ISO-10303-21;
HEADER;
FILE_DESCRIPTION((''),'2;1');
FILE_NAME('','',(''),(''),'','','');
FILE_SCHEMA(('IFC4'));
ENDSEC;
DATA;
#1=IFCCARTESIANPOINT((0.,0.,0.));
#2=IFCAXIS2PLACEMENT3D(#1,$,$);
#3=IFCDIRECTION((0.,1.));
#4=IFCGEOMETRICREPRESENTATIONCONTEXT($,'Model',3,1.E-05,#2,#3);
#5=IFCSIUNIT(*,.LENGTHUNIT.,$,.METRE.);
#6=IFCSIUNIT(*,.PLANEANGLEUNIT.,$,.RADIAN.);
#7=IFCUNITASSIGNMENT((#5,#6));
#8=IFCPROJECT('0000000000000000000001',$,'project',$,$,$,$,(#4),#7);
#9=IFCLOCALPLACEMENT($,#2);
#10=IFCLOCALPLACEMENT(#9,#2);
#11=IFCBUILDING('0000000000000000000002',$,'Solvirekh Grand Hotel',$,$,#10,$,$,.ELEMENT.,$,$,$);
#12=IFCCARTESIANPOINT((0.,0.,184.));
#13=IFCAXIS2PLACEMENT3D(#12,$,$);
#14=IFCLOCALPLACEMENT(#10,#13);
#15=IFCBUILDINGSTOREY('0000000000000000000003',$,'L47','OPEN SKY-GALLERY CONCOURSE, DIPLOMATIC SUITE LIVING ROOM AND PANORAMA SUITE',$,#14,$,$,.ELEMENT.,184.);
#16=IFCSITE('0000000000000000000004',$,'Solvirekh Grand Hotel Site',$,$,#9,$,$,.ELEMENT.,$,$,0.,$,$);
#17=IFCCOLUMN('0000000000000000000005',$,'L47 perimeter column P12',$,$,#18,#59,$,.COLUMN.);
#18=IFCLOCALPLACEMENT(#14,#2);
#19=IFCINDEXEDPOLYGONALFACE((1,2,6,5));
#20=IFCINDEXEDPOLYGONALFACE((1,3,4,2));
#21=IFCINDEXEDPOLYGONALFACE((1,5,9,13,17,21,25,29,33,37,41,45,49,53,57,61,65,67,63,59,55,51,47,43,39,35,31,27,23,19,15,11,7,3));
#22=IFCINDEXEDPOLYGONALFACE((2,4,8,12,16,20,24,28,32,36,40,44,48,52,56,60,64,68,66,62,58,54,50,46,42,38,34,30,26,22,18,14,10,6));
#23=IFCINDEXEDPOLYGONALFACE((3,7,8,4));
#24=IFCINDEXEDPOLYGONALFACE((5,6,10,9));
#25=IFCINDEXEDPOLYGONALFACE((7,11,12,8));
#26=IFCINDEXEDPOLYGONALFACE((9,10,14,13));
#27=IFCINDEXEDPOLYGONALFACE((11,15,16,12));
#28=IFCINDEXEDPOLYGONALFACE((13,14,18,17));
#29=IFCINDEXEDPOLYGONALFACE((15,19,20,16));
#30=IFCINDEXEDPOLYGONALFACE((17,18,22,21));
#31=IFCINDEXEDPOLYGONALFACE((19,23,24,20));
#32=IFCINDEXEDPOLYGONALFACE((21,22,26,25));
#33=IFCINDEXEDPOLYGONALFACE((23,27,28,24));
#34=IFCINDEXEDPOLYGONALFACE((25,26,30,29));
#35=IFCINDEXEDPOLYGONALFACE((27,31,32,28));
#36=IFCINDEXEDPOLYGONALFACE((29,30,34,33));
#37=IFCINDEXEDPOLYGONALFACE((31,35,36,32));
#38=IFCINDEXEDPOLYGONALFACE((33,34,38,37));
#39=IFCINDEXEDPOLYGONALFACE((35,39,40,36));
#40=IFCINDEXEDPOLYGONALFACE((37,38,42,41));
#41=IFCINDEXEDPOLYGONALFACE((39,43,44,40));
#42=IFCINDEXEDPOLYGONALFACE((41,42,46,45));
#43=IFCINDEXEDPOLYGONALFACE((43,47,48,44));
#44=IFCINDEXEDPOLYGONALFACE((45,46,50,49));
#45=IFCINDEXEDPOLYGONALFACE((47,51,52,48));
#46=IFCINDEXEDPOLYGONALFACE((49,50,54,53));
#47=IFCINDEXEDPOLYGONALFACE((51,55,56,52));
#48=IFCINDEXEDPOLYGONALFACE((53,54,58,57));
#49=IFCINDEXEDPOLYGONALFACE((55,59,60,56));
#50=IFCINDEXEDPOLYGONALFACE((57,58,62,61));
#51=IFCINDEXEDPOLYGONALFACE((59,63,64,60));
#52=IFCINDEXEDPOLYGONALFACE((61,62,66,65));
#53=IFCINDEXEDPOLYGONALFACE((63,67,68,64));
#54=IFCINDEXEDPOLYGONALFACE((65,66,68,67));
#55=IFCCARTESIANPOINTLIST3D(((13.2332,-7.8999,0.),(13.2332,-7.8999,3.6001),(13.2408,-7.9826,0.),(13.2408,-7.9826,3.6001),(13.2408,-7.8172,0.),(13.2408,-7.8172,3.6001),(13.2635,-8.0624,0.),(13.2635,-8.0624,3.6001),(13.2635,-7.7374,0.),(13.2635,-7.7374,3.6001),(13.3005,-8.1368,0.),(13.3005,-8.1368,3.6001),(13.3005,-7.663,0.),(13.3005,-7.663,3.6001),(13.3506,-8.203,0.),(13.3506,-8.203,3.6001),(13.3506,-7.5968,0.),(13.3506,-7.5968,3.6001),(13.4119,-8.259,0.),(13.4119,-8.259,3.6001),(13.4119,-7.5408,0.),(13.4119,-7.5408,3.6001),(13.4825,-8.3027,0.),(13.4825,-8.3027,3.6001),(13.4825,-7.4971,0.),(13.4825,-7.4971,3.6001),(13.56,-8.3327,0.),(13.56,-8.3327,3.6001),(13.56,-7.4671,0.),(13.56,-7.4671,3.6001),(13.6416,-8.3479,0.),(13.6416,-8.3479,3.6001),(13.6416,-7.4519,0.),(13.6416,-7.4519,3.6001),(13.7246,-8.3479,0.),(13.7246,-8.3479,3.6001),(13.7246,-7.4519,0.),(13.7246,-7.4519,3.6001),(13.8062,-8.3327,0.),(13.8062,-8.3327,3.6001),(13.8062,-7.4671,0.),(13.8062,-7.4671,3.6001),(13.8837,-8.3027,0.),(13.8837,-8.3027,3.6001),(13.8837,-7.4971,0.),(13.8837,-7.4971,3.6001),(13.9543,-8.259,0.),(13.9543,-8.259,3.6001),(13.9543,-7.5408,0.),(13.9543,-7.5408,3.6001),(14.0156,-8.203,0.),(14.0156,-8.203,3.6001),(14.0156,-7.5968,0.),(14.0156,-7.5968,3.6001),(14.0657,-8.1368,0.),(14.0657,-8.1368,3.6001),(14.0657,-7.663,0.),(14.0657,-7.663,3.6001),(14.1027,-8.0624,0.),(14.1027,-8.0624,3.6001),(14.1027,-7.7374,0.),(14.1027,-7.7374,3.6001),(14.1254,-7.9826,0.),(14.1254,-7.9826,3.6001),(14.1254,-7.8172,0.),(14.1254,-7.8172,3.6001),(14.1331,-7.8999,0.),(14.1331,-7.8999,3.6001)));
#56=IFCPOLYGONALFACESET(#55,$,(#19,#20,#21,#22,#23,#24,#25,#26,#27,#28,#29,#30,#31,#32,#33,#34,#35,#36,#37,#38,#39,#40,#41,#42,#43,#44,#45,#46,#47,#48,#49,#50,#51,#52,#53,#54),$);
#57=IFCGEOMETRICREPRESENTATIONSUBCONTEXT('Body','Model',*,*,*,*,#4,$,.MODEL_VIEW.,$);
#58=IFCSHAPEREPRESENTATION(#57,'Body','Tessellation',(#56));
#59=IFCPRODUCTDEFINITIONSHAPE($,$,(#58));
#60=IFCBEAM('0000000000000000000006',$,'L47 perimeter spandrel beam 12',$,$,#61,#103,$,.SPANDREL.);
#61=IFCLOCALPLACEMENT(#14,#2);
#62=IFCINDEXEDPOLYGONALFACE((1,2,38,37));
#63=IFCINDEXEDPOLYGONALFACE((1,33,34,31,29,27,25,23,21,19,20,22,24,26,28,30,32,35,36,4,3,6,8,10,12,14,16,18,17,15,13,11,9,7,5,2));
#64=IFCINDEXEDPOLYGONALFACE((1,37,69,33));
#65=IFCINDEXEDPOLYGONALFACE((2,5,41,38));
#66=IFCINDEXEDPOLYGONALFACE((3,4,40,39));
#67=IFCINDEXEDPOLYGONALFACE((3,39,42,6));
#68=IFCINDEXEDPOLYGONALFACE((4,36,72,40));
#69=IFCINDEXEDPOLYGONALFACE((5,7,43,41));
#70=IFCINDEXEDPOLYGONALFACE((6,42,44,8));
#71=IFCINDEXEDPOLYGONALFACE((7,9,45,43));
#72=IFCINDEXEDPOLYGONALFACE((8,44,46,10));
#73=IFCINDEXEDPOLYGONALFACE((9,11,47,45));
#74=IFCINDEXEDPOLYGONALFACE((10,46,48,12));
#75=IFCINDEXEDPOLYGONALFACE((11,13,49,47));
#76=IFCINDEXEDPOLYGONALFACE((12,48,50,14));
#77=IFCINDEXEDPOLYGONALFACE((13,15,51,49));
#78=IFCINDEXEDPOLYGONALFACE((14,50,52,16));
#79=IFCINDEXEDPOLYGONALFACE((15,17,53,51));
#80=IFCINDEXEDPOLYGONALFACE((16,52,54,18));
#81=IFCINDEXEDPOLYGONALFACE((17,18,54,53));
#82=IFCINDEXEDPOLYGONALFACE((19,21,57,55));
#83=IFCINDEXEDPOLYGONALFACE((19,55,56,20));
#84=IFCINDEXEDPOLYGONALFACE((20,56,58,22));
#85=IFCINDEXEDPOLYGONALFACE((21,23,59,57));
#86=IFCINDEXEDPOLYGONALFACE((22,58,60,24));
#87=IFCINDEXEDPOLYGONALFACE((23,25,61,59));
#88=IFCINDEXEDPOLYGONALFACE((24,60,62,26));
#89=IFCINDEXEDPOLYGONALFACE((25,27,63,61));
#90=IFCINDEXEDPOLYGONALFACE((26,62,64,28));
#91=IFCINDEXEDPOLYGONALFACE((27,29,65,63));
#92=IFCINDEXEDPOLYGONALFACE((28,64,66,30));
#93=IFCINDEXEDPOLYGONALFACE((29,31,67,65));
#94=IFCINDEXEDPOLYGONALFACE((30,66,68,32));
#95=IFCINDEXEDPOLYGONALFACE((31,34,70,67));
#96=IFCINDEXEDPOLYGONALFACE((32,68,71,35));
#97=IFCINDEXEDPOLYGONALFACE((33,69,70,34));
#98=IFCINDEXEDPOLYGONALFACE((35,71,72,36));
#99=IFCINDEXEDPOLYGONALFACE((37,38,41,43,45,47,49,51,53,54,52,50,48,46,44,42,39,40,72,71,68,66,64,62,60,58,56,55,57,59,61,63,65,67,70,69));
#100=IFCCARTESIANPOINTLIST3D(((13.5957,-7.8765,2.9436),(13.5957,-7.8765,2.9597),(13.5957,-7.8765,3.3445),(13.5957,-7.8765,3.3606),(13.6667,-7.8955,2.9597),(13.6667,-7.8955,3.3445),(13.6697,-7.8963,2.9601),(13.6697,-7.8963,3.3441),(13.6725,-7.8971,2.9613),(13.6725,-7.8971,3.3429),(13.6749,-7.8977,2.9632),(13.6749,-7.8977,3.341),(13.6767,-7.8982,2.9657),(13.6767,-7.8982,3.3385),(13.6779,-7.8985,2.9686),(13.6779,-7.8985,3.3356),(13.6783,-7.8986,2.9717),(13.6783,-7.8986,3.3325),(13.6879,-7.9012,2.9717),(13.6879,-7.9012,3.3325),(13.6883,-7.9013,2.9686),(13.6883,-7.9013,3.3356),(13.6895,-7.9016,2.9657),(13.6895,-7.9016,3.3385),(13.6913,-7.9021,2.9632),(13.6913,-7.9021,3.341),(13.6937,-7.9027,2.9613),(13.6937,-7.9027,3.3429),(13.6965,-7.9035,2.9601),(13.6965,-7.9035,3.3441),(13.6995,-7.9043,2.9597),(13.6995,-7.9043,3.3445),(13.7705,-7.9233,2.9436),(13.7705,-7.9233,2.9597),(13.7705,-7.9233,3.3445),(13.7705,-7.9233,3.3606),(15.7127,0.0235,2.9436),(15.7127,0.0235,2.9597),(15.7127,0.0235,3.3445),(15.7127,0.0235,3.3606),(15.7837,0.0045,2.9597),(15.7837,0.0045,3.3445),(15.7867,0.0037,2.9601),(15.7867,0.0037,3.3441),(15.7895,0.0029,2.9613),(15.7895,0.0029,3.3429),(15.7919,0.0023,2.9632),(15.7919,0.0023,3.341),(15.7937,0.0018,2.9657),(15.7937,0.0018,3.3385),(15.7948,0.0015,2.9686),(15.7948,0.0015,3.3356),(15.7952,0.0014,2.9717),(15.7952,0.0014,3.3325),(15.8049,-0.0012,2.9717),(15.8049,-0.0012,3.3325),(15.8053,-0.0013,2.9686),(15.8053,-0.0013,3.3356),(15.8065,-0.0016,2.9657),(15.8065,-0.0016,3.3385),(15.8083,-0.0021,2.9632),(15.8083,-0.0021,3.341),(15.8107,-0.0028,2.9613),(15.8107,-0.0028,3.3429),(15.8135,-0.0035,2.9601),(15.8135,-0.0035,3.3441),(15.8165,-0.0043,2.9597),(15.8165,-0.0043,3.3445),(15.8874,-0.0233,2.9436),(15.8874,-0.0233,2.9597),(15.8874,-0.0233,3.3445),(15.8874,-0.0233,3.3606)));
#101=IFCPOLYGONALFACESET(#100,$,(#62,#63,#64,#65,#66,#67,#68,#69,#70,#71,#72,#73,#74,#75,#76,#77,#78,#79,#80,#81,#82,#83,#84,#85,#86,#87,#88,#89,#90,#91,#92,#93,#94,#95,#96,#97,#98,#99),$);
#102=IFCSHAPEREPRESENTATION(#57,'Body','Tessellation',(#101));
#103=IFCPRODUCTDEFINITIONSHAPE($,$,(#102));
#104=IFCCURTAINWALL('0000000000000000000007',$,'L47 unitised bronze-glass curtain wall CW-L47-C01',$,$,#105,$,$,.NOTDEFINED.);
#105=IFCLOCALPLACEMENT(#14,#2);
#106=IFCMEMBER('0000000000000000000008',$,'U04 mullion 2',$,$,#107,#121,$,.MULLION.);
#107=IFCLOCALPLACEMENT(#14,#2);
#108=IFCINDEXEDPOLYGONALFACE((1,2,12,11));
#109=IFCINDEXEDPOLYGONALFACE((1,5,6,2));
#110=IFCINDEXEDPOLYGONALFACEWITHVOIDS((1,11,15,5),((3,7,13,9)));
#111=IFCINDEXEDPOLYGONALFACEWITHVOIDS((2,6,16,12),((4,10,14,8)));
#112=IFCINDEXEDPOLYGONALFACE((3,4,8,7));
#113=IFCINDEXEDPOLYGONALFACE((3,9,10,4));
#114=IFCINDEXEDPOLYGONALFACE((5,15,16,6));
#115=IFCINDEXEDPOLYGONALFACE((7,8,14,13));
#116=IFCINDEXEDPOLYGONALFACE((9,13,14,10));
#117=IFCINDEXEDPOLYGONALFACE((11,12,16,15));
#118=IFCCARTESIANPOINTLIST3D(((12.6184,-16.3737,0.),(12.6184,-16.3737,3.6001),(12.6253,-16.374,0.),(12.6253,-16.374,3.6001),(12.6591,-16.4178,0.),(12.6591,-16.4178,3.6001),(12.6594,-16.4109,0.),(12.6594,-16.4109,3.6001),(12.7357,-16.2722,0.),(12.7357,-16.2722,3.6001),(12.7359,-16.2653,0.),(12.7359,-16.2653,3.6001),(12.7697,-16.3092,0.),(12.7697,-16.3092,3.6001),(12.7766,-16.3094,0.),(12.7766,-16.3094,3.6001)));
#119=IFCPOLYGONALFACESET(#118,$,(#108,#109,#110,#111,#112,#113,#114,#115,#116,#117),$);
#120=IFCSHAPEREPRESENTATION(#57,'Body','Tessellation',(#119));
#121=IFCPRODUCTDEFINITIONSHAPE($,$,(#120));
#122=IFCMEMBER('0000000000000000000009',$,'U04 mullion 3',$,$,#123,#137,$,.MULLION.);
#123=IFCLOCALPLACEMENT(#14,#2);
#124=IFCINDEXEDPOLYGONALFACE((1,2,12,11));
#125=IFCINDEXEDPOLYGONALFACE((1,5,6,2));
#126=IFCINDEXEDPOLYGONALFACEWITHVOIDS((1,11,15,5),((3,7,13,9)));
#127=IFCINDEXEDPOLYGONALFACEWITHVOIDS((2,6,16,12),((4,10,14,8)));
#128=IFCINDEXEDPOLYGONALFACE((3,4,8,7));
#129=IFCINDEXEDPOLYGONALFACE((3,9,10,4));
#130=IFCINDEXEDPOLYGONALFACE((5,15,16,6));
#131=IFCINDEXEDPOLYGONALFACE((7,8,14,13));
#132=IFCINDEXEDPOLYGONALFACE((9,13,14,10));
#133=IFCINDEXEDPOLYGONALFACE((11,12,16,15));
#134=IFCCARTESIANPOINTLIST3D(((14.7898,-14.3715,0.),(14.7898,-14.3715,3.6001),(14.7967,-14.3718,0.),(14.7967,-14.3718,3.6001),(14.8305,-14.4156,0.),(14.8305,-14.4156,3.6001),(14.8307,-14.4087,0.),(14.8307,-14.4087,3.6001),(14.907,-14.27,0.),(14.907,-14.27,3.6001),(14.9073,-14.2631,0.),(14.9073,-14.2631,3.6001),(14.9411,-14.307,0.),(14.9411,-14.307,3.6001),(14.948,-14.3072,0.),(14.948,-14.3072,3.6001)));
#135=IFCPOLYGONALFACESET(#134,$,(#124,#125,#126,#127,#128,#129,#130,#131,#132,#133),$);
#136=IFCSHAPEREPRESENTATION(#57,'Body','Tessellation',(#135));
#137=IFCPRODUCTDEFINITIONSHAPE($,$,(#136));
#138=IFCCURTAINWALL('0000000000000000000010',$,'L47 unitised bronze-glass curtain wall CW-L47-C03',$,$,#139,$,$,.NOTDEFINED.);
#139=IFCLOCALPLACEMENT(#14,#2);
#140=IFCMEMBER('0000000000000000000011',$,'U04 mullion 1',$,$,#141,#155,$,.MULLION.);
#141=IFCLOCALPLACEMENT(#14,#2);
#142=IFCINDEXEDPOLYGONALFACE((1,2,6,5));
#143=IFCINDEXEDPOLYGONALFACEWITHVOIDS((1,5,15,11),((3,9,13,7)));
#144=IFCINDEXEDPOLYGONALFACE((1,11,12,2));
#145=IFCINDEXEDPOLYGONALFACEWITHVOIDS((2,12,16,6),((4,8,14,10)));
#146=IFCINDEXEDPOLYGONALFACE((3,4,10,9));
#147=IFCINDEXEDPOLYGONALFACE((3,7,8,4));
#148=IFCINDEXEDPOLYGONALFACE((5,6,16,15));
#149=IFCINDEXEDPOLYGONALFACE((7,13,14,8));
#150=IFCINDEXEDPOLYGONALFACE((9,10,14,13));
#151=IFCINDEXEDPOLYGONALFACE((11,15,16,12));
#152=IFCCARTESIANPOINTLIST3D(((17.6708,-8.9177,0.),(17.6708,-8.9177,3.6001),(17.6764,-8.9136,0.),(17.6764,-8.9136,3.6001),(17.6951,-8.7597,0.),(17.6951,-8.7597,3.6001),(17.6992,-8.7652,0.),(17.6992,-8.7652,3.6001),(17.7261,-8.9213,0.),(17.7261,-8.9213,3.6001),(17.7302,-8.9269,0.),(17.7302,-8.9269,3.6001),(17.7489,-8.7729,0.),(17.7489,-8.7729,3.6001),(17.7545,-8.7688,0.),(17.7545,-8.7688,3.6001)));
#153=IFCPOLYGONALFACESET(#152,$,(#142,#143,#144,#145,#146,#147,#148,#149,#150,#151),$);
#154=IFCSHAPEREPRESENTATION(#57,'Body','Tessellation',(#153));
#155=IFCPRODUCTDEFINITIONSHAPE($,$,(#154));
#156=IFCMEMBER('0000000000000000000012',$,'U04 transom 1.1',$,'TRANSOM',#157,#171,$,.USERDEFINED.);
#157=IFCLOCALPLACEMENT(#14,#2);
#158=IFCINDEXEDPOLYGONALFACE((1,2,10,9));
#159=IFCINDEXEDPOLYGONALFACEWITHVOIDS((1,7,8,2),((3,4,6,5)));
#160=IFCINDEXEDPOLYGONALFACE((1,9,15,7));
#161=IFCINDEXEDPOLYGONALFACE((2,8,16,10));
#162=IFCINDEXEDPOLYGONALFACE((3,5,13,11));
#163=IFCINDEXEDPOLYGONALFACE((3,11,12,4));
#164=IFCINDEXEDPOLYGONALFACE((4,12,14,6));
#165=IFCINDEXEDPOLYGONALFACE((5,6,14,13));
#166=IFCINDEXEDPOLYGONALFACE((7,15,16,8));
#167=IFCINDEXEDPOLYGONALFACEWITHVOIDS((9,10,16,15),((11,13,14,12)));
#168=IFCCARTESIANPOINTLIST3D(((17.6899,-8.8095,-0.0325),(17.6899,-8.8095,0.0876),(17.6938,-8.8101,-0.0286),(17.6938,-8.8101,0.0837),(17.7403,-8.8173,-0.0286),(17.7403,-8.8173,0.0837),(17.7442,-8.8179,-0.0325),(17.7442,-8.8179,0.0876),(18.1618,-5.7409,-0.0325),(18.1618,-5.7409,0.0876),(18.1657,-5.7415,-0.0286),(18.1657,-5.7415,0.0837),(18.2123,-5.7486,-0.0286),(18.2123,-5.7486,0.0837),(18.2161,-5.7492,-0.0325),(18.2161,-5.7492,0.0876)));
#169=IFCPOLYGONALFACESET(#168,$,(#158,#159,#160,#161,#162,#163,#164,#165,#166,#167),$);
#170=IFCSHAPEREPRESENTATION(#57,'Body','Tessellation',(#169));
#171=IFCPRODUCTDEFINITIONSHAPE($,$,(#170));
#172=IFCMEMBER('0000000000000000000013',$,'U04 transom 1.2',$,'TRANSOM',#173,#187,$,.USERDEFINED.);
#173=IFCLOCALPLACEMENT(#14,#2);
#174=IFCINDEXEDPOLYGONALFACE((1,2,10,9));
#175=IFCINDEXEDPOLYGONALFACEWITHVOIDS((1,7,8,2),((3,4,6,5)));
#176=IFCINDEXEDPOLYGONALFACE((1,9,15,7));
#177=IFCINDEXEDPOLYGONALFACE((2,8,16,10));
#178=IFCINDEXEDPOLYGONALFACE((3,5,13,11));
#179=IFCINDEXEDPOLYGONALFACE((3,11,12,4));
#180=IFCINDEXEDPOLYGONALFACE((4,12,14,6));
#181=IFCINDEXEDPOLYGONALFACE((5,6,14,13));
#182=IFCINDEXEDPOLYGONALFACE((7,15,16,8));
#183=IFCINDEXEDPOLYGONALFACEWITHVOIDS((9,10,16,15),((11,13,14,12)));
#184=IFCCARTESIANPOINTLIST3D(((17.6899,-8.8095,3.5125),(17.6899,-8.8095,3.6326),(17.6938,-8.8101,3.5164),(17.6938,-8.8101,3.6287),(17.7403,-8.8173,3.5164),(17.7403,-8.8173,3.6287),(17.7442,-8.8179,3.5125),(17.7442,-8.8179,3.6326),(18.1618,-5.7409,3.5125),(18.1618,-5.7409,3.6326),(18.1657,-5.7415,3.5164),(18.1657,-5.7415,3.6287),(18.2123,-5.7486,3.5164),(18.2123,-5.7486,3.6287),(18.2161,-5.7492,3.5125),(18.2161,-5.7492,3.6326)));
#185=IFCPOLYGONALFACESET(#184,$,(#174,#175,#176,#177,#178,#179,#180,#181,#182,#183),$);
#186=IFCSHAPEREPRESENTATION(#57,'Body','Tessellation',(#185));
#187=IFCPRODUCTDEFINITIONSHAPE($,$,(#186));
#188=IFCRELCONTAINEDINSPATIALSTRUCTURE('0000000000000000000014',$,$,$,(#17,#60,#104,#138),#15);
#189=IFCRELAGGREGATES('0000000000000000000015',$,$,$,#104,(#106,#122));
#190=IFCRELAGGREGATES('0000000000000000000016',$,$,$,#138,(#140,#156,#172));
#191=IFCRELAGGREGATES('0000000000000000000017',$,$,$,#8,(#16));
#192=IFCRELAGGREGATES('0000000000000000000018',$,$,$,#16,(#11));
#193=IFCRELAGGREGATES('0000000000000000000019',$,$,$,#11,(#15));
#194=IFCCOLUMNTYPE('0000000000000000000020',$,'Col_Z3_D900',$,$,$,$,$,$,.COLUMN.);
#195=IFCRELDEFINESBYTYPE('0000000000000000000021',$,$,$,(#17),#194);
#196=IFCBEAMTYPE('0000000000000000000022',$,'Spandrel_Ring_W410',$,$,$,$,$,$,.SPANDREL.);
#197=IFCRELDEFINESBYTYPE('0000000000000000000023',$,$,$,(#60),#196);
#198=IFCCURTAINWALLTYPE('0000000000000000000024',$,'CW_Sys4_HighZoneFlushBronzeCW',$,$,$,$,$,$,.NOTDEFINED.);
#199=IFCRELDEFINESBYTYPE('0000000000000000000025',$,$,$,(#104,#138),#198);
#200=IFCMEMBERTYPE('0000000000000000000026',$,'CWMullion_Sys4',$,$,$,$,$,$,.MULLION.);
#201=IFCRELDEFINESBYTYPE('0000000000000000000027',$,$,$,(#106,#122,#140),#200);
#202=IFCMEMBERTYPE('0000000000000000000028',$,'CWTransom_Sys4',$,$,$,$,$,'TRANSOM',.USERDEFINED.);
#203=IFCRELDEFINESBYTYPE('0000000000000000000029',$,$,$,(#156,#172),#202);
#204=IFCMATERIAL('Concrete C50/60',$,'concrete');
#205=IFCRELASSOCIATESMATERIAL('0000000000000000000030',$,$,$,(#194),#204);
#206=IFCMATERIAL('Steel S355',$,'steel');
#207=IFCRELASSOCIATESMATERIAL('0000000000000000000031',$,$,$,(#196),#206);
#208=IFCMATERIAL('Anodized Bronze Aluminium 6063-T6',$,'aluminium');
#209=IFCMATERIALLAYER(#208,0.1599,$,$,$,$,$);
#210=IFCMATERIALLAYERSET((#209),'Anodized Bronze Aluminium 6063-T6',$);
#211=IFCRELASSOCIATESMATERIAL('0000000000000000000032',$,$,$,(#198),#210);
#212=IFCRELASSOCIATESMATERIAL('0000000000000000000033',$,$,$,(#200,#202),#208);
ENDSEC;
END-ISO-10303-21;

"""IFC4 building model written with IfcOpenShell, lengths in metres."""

from ifc_helpers import new_model, si_unit, direction, frame, origin, origin_2d, place, context, subcontext, project, spatial, hollow_rectangle, circle, i_section, extrude, source, transform, mapped, material, layer, layer_set, material_profile, profile_set, type_object, element, aggregate, save


model = new_model("IFC4")

# Units and contexts
model_context = context("Model", 3, precision=1e-05, world=origin(), true_north=direction((0.0, 1.0)))
body_context = subcontext(model_context, "Body", "Model", "MODEL_VIEW")
ifc_project = project(units=[si_unit("LENGTHUNIT", "METRE"), si_unit("PLANEANGLEUNIT", "RADIAN")], contexts=[model_context])

# Site, building, storey
site_placement = place(None, origin())
site = spatial("IfcSite", under=ifc_project, at=site_placement, Name="Solvirekh Grand Hotel Site", CompositionType="ELEMENT", RefElevation=0.0)
building_placement = place(site_placement, origin())
building = spatial("IfcBuilding", under=site, at=building_placement, Name="Solvirekh Grand Hotel", CompositionType="ELEMENT")
storey_placement = place(building_placement, frame((0.0, 0.0, 184.0)))
storey = spatial("IfcBuildingStorey", under=building, at=storey_placement, Name="L47", Description="OPEN SKY-GALLERY CONCOURSE, DIPLOMATIC SUITE LIVING ROOM AND PANORAMA SUITE", CompositionType="ELEMENT", Elevation=184.0)

# Column
ifc_material_1 = material(Name="Concrete C50/60", Category="concrete")
ifc_material_profile_1 = material_profile(ifc_material_1, circle(Radius=0.45, at=origin_2d()), Name="RC CIRC D900")
ifc_profile_set_1 = profile_set([ifc_material_profile_1], Name="Concrete C50/60")
column_type = type_object("IfcColumnType", Name="Col_Z3_D900", PredefinedType="COLUMN", material=ifc_profile_set_1)
column_placement = place(storey_placement, frame((13.6831, -7.8999, 0.0), z_axis=(0.0, 0.0, 1.0), x_axis=(1.0, 0.0, 0.0)))
element("IfcColumn", 1, at=column_placement, inside=storey, type_object=column_type, Name="L47 perimeter column P12", PredefinedType="COLUMN", context=body_context, shape_type="SweptSolid", body=[
    extrude(circle(Radius=0.45, at=origin_2d()), origin(), (0.0, 0.0, 1.0), 3.6001),
])

# Beam
ifc_material_2 = material(Name="Steel S355", Category="steel")
ifc_material_profile_2 = material_profile(ifc_material_2, i_section(OverallWidth=0.1809, OverallDepth=0.417, WebThickness=0.01, FlangeThickness=0.0161, FilletRadius=0.012, at=origin_2d()), Name="W410X85")
ifc_profile_set_2 = profile_set([ifc_material_profile_2], Name="Steel S355")
beam_type = type_object("IfcBeamType", Name="Spandrel_Ring_W410", PredefinedType="SPANDREL", material=ifc_profile_set_2)
beam_placement = place(storey_placement, frame((13.6831, -7.8999, 3.1521), z_axis=(0.258839, 0.965921, 0.0), x_axis=(-0.965921, 0.258839, 0.0)))
element("IfcBeam", 2, at=beam_placement, inside=storey, type_object=beam_type, Name="L47 perimeter spandrel beam 12", PredefinedType="SPANDREL", context=body_context, shape_type="SweptSolid", body=[
    extrude(i_section(OverallWidth=0.1809, OverallDepth=0.417, WebThickness=0.01, FlangeThickness=0.0161, FilletRadius=0.012, at=origin_2d()), origin(), (0.0, 0.0, 1.0), 8.1787),
])

# Curtain walls, members
ifc_material_3 = material(Name="Anodized Bronze Aluminium 6063-T6", Category="aluminium")
ifc_layer_1 = layer(ifc_material_3, 0.1599)
ifc_layer_set_1 = layer_set([ifc_layer_1], Name="Anodized Bronze Aluminium 6063-T6")
curtain_wall_type = type_object("IfcCurtainWallType", Name="CW_Sys4_HighZoneFlushBronzeCW", PredefinedType="NOTDEFINED", material=ifc_layer_set_1)
curtain_wall_1_placement = place(storey_placement, origin())
curtain_wall_1 = element("IfcCurtainWall", 3, at=curtain_wall_1_placement, inside=storey, type_object=curtain_wall_type, Name="L47 unitised bronze-glass curtain wall CW-L47-C01", PredefinedType="NOTDEFINED")
ifc_material_profile_3 = material_profile(ifc_material_3, hollow_rectangle(XDim=0.0601, YDim=0.1599, WallThickness=0.0049, at=origin_2d()), Name="ALU RHS 160X60X5")
ifc_profile_set_3 = profile_set([ifc_material_profile_3], Name="Anodized Bronze Aluminium 6063-T6")
member_type_1 = type_object("IfcMemberType", Name="CWMullion_Sys4", PredefinedType="MULLION", material=ifc_profile_set_3)
shared_shape_1 = source(origin(), body_context, "Body", "SweptSolid", [
    extrude(hollow_rectangle(XDim=0.0601, YDim=0.1599, WallThickness=0.0049, at=origin_2d()), origin(), (0.0, 0.0, 1.0), 3.6001),
])
member_1_placement = place(storey_placement, frame((12.6975, -16.3416, 0.0), z_axis=(0.0, 0.0, 1.0), x_axis=(-0.677869, 0.735182, 0.0)))
member_1 = element("IfcMember", 4, at=member_1_placement, type_object=member_type_1, Name="U04 mullion 2", PredefinedType="MULLION", context=body_context, shape_type="MappedRepresentation", body=[
    mapped(shared_shape_1, transform((0.0, 0.0, 0.0), x_axis=(1.0, 0.0, 0.0), y_axis=(0.0, 1.0, 0.0), z_axis=(0.0, 0.0, 1.0), scale=1.0)),
])
member_2_placement = place(storey_placement, frame((14.8689, -14.3394, 0.0), z_axis=(0.0, 0.0, 1.0), x_axis=(-0.677869, 0.735182, 0.0)))
member_2 = element("IfcMember", 5, at=member_2_placement, type_object=member_type_1, Name="U04 mullion 3", PredefinedType="MULLION", context=body_context, shape_type="MappedRepresentation", body=[
    mapped(shared_shape_1, transform((0.0, 0.0, 0.0), x_axis=(1.0, 0.0, 0.0), y_axis=(0.0, 1.0, 0.0), z_axis=(0.0, 0.0, 1.0), scale=1.0)),
])
curtain_wall_2_placement = place(storey_placement, origin())
curtain_wall_2 = element("IfcCurtainWall", 6, at=curtain_wall_2_placement, inside=storey, type_object=curtain_wall_type, Name="L47 unitised bronze-glass curtain wall CW-L47-C03", PredefinedType="NOTDEFINED")
member_3_placement = place(storey_placement, frame((17.7126, -8.8433, 0.0), z_axis=(0.0, 0.0, 1.0), x_axis=(-0.988384, 0.151975, 0.0)))
member_3 = element("IfcMember", 7, at=member_3_placement, type_object=member_type_1, Name="U04 mullion 1", PredefinedType="MULLION", context=body_context, shape_type="MappedRepresentation", body=[
    mapped(shared_shape_1, transform((0.0, 0.0, 0.0), x_axis=(1.0, 0.0, 0.0), y_axis=(0.0, 1.0, 0.0), z_axis=(0.0, 0.0, 1.0), scale=1.0)),
])
ifc_material_profile_4 = material_profile(ifc_material_3, hollow_rectangle(XDim=0.0549, YDim=0.1201, WallThickness=0.0039, at=origin_2d()), Name="ALU RHS 120X55X4")
ifc_profile_set_4 = profile_set([ifc_material_profile_4], Name="Anodized Bronze Aluminium 6063-T6")
member_type_2 = type_object("IfcMemberType", Name="CWTransom_Sys4", ElementType="TRANSOM", PredefinedType="USERDEFINED", material=ifc_profile_set_4)
shared_shape_2 = source(origin(), body_context, "Body", "SweptSolid", [
    extrude(hollow_rectangle(XDim=0.0549, YDim=0.1201, WallThickness=0.0039, at=origin_2d()), origin(), (0.0, 0.0, 1.0), 3.1047),
])
member_4_placement = place(storey_placement, frame((17.717, -8.8137, 0.0276), z_axis=(0.152004, 0.98838, 0.0), x_axis=(-0.98838, 0.152004, 0.0)))
member_4 = element("IfcMember", 8, at=member_4_placement, type_object=member_type_2, Name="U04 transom 1.1", ObjectType="TRANSOM", PredefinedType="USERDEFINED", context=body_context, shape_type="MappedRepresentation", body=[
    mapped(shared_shape_2, transform((0.0, 0.0, 0.0), x_axis=(1.0, 0.0, 0.0), y_axis=(0.0, 1.0, 0.0), z_axis=(0.0, 0.0, 1.0), scale=1.0)),
])
member_5_placement = place(storey_placement, frame((17.717, -8.8137, 3.5725), z_axis=(0.152004, 0.98838, 0.0), x_axis=(-0.98838, 0.152004, 0.0)))
member_5 = element("IfcMember", 9, at=member_5_placement, type_object=member_type_2, Name="U04 transom 1.2", ObjectType="TRANSOM", PredefinedType="USERDEFINED", context=body_context, shape_type="MappedRepresentation", body=[
    mapped(shared_shape_2, transform((0.0, 0.0, 0.0), x_axis=(1.0, 0.0, 0.0), y_axis=(0.0, 1.0, 0.0), z_axis=(0.0, 0.0, 1.0), scale=1.0)),
])

aggregate(curtain_wall_1, [member_1, member_2])
aggregate(curtain_wall_2, [member_3, member_4, member_5])

save(model, "model.ifc")
